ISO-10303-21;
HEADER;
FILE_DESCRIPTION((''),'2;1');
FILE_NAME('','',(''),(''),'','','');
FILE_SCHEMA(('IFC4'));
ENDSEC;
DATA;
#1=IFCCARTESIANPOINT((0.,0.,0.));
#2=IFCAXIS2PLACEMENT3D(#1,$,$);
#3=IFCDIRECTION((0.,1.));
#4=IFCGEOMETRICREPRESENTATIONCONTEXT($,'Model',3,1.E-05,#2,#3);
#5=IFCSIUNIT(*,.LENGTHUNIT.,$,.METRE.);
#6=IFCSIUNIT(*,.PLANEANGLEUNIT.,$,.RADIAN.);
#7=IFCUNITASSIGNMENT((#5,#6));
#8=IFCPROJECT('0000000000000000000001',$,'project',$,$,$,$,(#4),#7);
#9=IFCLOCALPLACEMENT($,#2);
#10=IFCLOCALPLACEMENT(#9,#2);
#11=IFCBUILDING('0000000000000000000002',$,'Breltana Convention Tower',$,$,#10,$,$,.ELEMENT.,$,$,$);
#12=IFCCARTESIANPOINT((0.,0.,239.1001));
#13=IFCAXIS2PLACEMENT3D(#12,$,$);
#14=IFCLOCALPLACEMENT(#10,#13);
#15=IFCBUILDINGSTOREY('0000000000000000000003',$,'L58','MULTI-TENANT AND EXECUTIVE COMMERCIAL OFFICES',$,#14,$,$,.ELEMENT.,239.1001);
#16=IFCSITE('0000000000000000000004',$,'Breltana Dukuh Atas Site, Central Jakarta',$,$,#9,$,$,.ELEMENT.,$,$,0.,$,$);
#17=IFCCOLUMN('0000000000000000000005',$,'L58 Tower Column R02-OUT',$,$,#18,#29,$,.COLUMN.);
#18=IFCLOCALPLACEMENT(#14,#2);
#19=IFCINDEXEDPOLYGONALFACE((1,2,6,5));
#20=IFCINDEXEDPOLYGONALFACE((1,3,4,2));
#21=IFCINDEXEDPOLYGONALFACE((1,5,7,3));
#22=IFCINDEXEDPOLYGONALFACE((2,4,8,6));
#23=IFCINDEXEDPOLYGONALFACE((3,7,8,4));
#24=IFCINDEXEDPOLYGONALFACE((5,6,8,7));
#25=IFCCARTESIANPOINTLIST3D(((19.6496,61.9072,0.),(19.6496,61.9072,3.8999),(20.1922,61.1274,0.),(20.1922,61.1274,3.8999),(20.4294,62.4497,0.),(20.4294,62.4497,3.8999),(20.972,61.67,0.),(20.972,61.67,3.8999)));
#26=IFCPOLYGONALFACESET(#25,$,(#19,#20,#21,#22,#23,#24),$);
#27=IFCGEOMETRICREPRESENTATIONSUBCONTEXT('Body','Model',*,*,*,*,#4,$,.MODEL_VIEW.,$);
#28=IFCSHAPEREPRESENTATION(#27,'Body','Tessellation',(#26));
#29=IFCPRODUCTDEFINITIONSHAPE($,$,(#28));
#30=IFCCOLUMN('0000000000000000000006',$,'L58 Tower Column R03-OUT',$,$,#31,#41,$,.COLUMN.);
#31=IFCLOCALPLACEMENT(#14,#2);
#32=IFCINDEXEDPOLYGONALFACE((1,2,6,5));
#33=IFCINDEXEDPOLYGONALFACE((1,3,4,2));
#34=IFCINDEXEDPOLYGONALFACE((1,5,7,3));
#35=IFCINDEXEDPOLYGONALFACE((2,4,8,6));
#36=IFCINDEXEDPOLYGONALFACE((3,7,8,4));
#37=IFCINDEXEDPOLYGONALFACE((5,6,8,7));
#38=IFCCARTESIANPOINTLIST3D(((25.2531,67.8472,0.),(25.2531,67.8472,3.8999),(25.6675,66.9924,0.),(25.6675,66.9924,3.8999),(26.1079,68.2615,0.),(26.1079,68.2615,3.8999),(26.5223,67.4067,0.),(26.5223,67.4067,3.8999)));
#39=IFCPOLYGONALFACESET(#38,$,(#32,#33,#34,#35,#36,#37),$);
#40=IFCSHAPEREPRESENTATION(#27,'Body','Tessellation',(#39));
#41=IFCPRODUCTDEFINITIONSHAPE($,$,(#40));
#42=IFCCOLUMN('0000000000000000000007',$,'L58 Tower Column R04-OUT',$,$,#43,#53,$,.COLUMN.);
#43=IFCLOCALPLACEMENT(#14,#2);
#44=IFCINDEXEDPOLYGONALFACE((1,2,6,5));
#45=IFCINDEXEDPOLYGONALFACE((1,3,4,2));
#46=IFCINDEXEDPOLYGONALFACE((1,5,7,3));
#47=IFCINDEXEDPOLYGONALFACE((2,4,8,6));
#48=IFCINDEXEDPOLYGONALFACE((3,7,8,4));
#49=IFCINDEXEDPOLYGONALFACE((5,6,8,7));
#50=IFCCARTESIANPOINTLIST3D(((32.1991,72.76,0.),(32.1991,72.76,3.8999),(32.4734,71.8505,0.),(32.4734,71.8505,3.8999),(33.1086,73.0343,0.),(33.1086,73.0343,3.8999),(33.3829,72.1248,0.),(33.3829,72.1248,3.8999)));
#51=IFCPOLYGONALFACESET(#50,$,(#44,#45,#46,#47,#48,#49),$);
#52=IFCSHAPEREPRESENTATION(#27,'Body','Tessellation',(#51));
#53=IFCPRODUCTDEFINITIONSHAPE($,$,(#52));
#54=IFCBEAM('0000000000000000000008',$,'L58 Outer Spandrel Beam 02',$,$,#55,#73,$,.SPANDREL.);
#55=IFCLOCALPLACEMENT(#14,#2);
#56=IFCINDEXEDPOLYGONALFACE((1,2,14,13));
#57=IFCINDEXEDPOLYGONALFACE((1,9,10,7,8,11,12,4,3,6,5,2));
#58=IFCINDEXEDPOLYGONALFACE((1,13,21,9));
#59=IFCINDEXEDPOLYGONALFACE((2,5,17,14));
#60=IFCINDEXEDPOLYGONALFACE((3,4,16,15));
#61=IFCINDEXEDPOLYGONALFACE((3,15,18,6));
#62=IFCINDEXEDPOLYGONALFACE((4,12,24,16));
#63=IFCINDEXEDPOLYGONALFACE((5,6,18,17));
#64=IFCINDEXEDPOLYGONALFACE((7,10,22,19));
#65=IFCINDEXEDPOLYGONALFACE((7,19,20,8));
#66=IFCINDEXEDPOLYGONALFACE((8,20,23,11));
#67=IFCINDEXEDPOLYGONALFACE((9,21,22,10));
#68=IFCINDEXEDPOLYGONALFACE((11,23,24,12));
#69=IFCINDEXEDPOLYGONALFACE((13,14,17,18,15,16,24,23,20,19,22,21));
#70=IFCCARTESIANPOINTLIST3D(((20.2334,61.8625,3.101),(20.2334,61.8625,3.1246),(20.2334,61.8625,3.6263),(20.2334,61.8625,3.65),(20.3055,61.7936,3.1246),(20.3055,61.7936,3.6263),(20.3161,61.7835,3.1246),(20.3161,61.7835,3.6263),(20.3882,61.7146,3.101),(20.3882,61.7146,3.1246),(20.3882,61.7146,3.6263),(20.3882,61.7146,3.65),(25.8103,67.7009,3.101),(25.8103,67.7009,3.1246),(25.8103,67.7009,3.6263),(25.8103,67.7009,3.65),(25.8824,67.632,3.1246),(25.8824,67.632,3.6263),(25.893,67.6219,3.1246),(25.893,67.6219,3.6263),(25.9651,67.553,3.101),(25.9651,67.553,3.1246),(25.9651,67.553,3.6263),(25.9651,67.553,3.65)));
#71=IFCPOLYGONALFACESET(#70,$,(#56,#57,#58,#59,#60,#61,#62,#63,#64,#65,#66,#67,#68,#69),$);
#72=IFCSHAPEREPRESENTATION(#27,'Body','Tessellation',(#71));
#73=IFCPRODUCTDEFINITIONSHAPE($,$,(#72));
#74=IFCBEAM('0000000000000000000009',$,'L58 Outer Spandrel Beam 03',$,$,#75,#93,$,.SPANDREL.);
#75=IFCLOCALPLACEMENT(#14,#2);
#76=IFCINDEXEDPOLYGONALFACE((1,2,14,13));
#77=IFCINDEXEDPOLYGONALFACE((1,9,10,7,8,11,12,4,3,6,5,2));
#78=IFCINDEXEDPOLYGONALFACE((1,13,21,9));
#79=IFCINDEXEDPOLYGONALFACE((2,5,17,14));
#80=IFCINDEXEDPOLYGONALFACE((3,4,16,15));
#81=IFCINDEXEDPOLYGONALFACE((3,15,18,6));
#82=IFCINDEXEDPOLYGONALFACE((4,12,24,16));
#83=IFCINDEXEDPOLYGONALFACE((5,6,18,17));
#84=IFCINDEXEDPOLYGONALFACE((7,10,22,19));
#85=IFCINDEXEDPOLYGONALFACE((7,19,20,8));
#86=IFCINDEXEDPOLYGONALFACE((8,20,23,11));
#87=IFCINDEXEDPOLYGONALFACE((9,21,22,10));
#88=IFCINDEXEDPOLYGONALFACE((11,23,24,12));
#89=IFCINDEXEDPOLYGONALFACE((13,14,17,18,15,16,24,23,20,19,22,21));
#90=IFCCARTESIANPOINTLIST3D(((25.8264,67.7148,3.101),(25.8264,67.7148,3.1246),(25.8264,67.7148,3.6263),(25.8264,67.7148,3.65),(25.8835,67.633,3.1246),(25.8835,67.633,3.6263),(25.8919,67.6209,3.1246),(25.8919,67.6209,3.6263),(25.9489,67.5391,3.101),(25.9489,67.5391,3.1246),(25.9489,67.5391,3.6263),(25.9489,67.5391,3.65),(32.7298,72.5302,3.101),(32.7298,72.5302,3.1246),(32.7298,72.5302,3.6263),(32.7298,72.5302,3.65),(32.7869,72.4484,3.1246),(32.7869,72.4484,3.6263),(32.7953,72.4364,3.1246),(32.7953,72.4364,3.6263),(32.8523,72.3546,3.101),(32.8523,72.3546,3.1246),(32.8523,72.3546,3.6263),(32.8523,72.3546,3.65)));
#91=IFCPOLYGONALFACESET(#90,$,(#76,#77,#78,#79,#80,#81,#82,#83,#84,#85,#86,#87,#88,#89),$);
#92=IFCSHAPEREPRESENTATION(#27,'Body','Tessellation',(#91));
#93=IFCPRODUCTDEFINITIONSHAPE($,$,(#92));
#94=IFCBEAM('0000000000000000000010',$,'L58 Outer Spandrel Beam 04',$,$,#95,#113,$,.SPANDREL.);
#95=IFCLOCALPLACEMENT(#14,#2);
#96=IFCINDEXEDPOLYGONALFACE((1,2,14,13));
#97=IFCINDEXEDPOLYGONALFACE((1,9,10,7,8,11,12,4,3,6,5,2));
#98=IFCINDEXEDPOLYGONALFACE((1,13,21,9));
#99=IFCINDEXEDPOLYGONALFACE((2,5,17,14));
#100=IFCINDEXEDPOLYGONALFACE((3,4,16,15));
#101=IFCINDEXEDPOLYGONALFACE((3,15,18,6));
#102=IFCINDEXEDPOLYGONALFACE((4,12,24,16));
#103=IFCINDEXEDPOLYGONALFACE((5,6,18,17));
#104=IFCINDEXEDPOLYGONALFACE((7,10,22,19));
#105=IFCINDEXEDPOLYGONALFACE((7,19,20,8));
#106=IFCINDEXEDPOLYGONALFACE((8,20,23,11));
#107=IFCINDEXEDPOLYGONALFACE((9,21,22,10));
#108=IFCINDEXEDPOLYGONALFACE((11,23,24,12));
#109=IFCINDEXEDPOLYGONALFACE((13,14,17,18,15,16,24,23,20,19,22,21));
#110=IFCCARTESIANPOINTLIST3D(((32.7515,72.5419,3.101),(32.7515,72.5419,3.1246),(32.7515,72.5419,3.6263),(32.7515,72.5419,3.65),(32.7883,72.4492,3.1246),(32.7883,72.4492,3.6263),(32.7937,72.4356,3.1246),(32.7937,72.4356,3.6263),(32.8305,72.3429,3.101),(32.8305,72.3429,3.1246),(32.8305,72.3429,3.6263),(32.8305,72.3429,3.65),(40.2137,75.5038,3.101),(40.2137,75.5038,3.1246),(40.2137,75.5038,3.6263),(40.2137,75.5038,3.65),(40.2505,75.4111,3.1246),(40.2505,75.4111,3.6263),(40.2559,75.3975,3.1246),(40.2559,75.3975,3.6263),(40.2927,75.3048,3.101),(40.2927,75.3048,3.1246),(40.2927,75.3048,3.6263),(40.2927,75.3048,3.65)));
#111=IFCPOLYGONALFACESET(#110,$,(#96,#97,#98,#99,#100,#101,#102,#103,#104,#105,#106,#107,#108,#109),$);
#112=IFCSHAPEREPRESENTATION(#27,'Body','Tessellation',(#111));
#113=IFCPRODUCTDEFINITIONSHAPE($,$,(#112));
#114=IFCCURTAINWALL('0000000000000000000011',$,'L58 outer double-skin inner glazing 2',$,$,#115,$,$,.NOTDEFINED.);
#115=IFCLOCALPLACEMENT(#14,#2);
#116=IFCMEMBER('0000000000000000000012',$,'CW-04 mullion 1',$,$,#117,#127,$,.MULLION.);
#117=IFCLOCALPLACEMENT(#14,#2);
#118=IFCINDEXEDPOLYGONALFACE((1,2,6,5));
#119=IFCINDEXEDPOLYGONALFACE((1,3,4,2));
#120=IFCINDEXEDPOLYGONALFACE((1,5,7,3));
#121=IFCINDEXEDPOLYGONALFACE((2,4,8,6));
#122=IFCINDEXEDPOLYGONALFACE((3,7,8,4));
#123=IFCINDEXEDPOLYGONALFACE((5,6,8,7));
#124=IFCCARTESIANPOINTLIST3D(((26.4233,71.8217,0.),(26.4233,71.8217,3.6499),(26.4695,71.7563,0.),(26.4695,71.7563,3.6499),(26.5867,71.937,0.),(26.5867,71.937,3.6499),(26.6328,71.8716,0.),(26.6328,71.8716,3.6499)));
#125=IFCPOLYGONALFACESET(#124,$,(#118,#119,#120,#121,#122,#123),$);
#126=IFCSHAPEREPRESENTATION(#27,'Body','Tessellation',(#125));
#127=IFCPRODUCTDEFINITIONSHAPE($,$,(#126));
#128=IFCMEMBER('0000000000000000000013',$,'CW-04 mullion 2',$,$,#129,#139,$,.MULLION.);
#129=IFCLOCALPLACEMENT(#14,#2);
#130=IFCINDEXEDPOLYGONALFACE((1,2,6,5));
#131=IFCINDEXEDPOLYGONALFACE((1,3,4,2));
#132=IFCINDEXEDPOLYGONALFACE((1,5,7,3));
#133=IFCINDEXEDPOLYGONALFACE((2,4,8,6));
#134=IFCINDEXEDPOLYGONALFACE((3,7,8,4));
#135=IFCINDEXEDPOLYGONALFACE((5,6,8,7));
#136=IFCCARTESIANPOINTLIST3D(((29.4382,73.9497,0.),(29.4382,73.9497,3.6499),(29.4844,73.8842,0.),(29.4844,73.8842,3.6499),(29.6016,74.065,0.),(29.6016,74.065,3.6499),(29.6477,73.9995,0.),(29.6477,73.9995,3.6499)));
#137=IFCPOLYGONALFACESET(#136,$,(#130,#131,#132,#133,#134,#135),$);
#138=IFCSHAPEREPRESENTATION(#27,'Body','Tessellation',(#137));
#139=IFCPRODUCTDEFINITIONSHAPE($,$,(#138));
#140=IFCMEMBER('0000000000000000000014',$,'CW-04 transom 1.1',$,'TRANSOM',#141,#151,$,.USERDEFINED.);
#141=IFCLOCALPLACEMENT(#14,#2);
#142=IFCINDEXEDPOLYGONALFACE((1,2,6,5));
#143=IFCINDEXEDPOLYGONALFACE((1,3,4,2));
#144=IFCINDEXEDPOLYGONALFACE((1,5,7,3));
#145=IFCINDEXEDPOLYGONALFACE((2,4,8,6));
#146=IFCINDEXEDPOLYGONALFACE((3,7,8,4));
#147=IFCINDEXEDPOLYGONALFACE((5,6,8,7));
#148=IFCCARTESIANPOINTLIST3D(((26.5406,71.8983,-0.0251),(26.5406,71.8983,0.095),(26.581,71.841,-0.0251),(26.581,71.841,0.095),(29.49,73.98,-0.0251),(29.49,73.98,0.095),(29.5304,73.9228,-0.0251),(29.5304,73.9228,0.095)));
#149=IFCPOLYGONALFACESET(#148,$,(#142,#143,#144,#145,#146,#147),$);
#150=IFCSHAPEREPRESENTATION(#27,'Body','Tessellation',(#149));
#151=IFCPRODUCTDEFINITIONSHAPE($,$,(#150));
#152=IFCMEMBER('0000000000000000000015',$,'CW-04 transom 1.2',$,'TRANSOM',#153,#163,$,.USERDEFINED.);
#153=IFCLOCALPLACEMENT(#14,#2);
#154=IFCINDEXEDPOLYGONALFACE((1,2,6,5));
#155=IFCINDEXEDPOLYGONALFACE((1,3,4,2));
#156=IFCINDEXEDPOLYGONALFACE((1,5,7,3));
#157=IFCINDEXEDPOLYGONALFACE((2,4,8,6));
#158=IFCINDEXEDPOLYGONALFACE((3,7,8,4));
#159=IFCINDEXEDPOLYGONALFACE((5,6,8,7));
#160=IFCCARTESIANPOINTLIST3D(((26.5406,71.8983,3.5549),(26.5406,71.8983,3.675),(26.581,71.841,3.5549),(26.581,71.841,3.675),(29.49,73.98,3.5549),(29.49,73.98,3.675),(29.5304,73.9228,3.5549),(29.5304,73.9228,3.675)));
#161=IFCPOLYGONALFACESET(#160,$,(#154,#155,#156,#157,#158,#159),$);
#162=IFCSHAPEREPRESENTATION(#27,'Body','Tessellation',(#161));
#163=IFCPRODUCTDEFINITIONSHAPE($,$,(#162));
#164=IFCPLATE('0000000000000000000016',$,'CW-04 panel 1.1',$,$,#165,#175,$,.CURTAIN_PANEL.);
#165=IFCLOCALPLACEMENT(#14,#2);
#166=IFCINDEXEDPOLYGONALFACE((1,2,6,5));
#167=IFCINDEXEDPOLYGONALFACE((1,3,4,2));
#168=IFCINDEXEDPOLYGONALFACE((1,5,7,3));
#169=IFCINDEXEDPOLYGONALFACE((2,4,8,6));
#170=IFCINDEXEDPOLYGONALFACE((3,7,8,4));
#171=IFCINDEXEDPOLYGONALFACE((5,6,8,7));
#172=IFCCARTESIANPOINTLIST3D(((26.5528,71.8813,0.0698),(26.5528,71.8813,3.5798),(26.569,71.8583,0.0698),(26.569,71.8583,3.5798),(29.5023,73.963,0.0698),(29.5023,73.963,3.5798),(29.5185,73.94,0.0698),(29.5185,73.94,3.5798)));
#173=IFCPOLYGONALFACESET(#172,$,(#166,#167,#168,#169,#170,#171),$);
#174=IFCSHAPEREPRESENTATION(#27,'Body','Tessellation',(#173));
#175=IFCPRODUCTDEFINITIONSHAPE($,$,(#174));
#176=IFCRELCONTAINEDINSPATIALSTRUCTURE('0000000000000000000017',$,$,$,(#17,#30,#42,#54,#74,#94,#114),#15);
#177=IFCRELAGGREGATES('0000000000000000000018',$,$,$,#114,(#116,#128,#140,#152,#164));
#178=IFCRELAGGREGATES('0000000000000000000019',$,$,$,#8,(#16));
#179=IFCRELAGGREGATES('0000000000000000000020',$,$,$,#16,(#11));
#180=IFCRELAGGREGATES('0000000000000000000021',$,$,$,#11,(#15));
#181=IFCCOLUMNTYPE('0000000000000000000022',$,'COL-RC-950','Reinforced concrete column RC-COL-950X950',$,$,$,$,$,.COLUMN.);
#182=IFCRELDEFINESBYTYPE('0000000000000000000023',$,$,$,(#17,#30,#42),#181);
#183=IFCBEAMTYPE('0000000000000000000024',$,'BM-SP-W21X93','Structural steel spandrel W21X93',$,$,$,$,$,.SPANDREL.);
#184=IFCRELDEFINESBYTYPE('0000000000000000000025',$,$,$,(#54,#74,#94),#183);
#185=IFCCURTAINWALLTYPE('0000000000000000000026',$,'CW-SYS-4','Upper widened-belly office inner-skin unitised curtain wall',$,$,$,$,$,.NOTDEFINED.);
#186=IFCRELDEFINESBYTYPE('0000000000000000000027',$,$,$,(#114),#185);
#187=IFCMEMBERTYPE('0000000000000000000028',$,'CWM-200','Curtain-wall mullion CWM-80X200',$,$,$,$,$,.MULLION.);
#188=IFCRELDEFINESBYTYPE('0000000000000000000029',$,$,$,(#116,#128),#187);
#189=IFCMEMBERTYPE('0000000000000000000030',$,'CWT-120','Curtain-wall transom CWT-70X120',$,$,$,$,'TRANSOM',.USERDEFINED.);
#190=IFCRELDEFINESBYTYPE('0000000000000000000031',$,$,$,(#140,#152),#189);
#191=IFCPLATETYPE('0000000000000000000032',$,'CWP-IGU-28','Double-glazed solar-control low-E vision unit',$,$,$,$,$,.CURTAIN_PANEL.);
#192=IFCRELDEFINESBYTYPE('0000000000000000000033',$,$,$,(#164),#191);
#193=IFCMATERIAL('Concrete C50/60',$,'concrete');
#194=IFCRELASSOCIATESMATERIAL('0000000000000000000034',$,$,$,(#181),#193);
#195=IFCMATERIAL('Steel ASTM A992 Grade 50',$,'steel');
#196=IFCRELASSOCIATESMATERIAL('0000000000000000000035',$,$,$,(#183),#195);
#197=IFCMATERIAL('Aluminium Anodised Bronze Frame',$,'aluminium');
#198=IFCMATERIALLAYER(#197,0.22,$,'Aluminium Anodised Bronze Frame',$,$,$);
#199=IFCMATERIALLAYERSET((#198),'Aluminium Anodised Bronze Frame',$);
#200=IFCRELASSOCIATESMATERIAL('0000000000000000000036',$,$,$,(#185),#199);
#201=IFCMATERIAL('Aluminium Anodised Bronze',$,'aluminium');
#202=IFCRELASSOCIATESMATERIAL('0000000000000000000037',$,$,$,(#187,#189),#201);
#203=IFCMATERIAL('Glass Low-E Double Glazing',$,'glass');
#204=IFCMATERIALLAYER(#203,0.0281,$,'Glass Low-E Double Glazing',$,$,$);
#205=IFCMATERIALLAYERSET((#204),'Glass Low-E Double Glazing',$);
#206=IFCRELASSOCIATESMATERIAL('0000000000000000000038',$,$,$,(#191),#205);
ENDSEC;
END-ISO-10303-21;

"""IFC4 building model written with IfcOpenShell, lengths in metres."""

from ifc_helpers import new_model, si_unit, direction, frame, origin, origin_2d, place, context, subcontext, project, spatial, rectangle, i_section, extrude, source, transform, mapped, material, layer, layer_set, material_profile, profile_set, type_object, element, aggregate, save


model = new_model("IFC4")

# Units and contexts
model_context = context("Model", 3, precision=1e-05, world=origin(), true_north=direction((0.0, 1.0)))
body_context = subcontext(model_context, "Body", "Model", "MODEL_VIEW")
ifc_project = project(units=[si_unit("LENGTHUNIT", "METRE"), si_unit("PLANEANGLEUNIT", "RADIAN")], contexts=[model_context])

# Site, building, storey
site_placement = place(None, origin())
site = spatial("IfcSite", under=ifc_project, at=site_placement, Name="Breltana Dukuh Atas Site, Central Jakarta", CompositionType="ELEMENT", RefElevation=0.0)
building_placement = place(site_placement, origin())
building = spatial("IfcBuilding", under=site, at=building_placement, Name="Breltana Convention Tower", CompositionType="ELEMENT")
storey_placement = place(building_placement, frame((0.0, 0.0, 239.1001)))
storey = spatial("IfcBuildingStorey", under=building, at=storey_placement, Name="L58", Description="MULTI-TENANT AND EXECUTIVE COMMERCIAL OFFICES", CompositionType="ELEMENT", Elevation=239.1001)

# Columns
ifc_material_1 = material(Name="Concrete C50/60", Category="concrete")
ifc_material_profile_1 = material_profile(ifc_material_1, rectangle(XDim=0.95, YDim=0.95, at=origin_2d()), Name="RC-COL-950X950")
ifc_profile_set_1 = profile_set([ifc_material_profile_1], Name="Concrete C50/60")
column_type = type_object("IfcColumnType", Name="COL-RC-950", Description="Reinforced concrete column RC-COL-950X950", PredefinedType="COLUMN", material=ifc_profile_set_1)
shared_shape_1 = source(origin(), body_context, "Body", "SweptSolid", [
    extrude(rectangle(XDim=0.95, YDim=0.95, at=origin_2d()), origin(), (0.0, 0.0, 1.0), 3.8999),
])
for number, where, z_axis, x_axis, name in (
    (1, (20.3108, 61.7886, 0.0), (0.0, 0.0, 1.0), (-0.571143, 0.82085, 0.0), "L58 Tower Column R02-OUT"),
    (2, (25.8877, 67.627, 0.0), (0.0, 0.0, 1.0), (-0.436174, 0.899863, 0.0), "L58 Tower Column R03-OUT"),
    (3, (32.791, 72.4424, 0.0), (0.0, 0.0, 1.0), (-0.288698, 0.95742, 0.0), "L58 Tower Column R04-OUT"),
):
    element("IfcColumn", number, at=place(storey_placement, frame(where, z_axis=z_axis, x_axis=x_axis)), inside=storey, type_object=column_type, Name=name, PredefinedType="COLUMN", context=body_context, shape_type="MappedRepresentation", body=[
        mapped(shared_shape_1, transform((0.0, 0.0, 0.0), scale=1.0)),
    ])

# Beams
ifc_material_2 = material(Name="Steel ASTM A992 Grade 50", Category="steel")
ifc_material_profile_2 = material_profile(ifc_material_2, i_section(OverallWidth=0.2141, OverallDepth=0.5491, WebThickness=0.0146, FlangeThickness=0.0237, at=origin_2d()), Name="W21X93")
ifc_profile_set_2 = profile_set([ifc_material_profile_2], Name="Steel ASTM A992 Grade 50")
beam_type = type_object("IfcBeamType", Name="BM-SP-W21X93", Description="Structural steel spandrel W21X93", PredefinedType="SPANDREL", material=ifc_profile_set_2)
shared_shape_2 = source(origin(), body_context, "Body", "SweptSolid", [
    extrude(i_section(OverallWidth=0.2141, OverallDepth=0.5491, WebThickness=0.0146, FlangeThickness=0.0237, at=origin_2d()), origin(), (0.0, 0.0, 1.0), 8.074),
])
beam_1_placement = place(storey_placement, frame((20.3108, 61.7886, 3.3755), z_axis=(0.690729, 0.723114, 0.0), x_axis=(-0.723114, 0.690729, 0.0)))
element("IfcBeam", 4, at=beam_1_placement, inside=storey, type_object=beam_type, Name="L58 Outer Spandrel Beam 02", PredefinedType="SPANDREL", context=body_context, shape_type="MappedRepresentation", body=[
    mapped(shared_shape_2, transform((0.0, 0.0, 0.0), scale=1.0)),
])
shared_shape_3 = source(origin(), body_context, "Body", "SweptSolid", [
    extrude(i_section(OverallWidth=0.2141, OverallDepth=0.5491, WebThickness=0.0146, FlangeThickness=0.0237, at=origin_2d()), origin(), (0.0, 0.0, 1.0), 8.417),
])
beam_2_placement = place(storey_placement, frame((25.8877, 67.627, 3.3755), z_axis=(0.820174, 0.572114, 0.0), x_axis=(-0.572114, 0.820174, 0.0)))
element("IfcBeam", 5, at=beam_2_placement, inside=storey, type_object=beam_type, Name="L58 Outer Spandrel Beam 03", PredefinedType="SPANDREL", context=body_context, shape_type="MappedRepresentation", body=[
    mapped(shared_shape_3, transform((0.0, 0.0, 0.0), scale=1.0)),
])
shared_shape_4 = source(origin(), body_context, "Body", "SweptSolid", [
    extrude(i_section(OverallWidth=0.2141, OverallDepth=0.5491, WebThickness=0.0146, FlangeThickness=0.0237, at=origin_2d()), origin(), (0.0, 0.0, 1.0), 8.0286),
])
beam_3_placement = place(storey_placement, frame((32.791, 72.4424, 3.3755), z_axis=(0.929459, 0.368925, 0.0), x_axis=(-0.368925, 0.929459, 0.0)))
element("IfcBeam", 6, at=beam_3_placement, inside=storey, type_object=beam_type, Name="L58 Outer Spandrel Beam 04", PredefinedType="SPANDREL", context=body_context, shape_type="MappedRepresentation", body=[
    mapped(shared_shape_4, transform((0.0, 0.0, 0.0), scale=1.0)),
])

# Curtain wall, members, plate
ifc_material_3 = material(Name="Aluminium Anodised Bronze Frame", Category="aluminium")
ifc_layer_1 = layer(ifc_material_3, 0.22, Name="Aluminium Anodised Bronze Frame")
ifc_layer_set_1 = layer_set([ifc_layer_1], Name="Aluminium Anodised Bronze Frame")
curtain_wall_type = type_object("IfcCurtainWallType", Name="CW-SYS-4", Description="Upper widened-belly office inner-skin unitised curtain wall", PredefinedType="NOTDEFINED", material=ifc_layer_set_1)
curtain_wall_placement = place(storey_placement, origin())
curtain_wall = element("IfcCurtainWall", 7, at=curtain_wall_placement, inside=storey, type_object=curtain_wall_type, Name="L58 outer double-skin inner glazing 2", PredefinedType="NOTDEFINED")
ifc_material_4 = material(Name="Aluminium Anodised Bronze", Category="aluminium")
ifc_material_profile_3 = material_profile(ifc_material_4, rectangle(XDim=0.0801, YDim=0.2, at=origin_2d()), Name="CWM-80X200")
ifc_profile_set_3 = profile_set([ifc_material_profile_3], Name="Aluminium Anodised Bronze")
member_type_1 = type_object("IfcMemberType", Name="CWM-200", Description="Curtain-wall mullion CWM-80X200", PredefinedType="MULLION", material=ifc_profile_set_3)
shared_shape_5 = source(origin(), body_context, "Body", "SweptSolid", [
    extrude(rectangle(XDim=0.0801, YDim=0.2, at=origin_2d()), origin(), (0.0, 0.0, 1.0), 3.6499),
])
member_1_placement = place(storey_placement, frame((26.5281, 71.8467, 0.0), z_axis=(0.0, 0.0, 1.0), x_axis=(-0.576625, 0.817009, 0.0)))
member_1 = element("IfcMember", 8, at=member_1_placement, type_object=member_type_1, Name="CW-04 mullion 1", PredefinedType="MULLION", context=body_context, shape_type="MappedRepresentation", body=[
    mapped(shared_shape_5, transform((0.0, 0.0, 0.0), scale=1.0)),
])
member_2_placement = place(storey_placement, frame((29.543, 73.9746, 0.0), z_axis=(0.0, 0.0, 1.0), x_axis=(-0.576625, 0.817009, 0.0)))
member_2 = element("IfcMember", 9, at=member_2_placement, type_object=member_type_1, Name="CW-04 mullion 2", PredefinedType="MULLION", context=body_context, shape_type="MappedRepresentation", body=[
    mapped(shared_shape_5, transform((0.0, 0.0, 0.0), scale=1.0)),
])
ifc_material_profile_4 = material_profile(ifc_material_4, rectangle(XDim=0.0701, YDim=0.1201, at=origin_2d()), Name="CWT-70X120")
ifc_profile_set_4 = profile_set([ifc_material_profile_4], Name="Aluminium Anodised Bronze")
member_type_2 = type_object("IfcMemberType", Name="CWT-120", Description="Curtain-wall transom CWT-70X120", ElementType="TRANSOM", PredefinedType="USERDEFINED", material=ifc_profile_set_4)
shared_shape_6 = source(origin(), body_context, "Body", "SweptSolid", [
    extrude(rectangle(XDim=0.0701, YDim=0.1201, at=origin_2d()), origin(), (0.0, 0.0, 1.0), 3.6101),
])
member_3_placement = place(storey_placement, frame((26.5608, 71.8696, 0.0349), z_axis=(0.816992, 0.576649, 0.0), x_axis=(-0.576649, 0.816992, 0.0)))
member_3 = element("IfcMember", 10, at=member_3_placement, type_object=member_type_2, Name="CW-04 transom 1.1", ObjectType="TRANSOM", PredefinedType="USERDEFINED", context=body_context, shape_type="MappedRepresentation", body=[
    mapped(shared_shape_6, transform((0.0, 0.0, 0.0), scale=1.0)),
])
member_4_placement = place(storey_placement, frame((26.5608, 71.8696, 3.615), z_axis=(0.816992, 0.576649, 0.0), x_axis=(-0.576649, 0.816992, 0.0)))
member_4 = element("IfcMember", 11, at=member_4_placement, type_object=member_type_2, Name="CW-04 transom 1.2", ObjectType="TRANSOM", PredefinedType="USERDEFINED", context=body_context, shape_type="MappedRepresentation", body=[
    mapped(shared_shape_6, transform((0.0, 0.0, 0.0), scale=1.0)),
])
ifc_material_5 = material(Name="Glass Low-E Double Glazing", Category="glass")
ifc_layer_2 = layer(ifc_material_5, 0.0281, Name="Glass Low-E Double Glazing")
ifc_layer_set_2 = layer_set([ifc_layer_2], Name="Glass Low-E Double Glazing")
plate_type = type_object("IfcPlateType", Name="CWP-IGU-28", Description="Double-glazed solar-control low-E vision unit", PredefinedType="CURTAIN_PANEL", material=ifc_layer_set_2)
shared_shape_7 = source(origin(), body_context, "Body", "SweptSolid", [
    extrude(rectangle(XDim=3.6101, YDim=0.0281, at=origin_2d()), origin(), (0.0, 0.0, 1.0), 3.51),
])
plate_placement = place(storey_placement, frame((28.0356, 72.9106, 0.0698), z_axis=(0.0, 0.0, 1.0), x_axis=(0.817009, 0.576625, 0.0)))
plate = element("IfcPlate", 12, at=plate_placement, type_object=plate_type, Name="CW-04 panel 1.1", PredefinedType="CURTAIN_PANEL", context=body_context, shape_type="MappedRepresentation", body=[
    mapped(shared_shape_7, transform((0.0, 0.0, 0.0), scale=1.0)),
])
aggregate(curtain_wall, [member_1, member_2, member_3, member_4, plate])

save(model, "model.ifc")
